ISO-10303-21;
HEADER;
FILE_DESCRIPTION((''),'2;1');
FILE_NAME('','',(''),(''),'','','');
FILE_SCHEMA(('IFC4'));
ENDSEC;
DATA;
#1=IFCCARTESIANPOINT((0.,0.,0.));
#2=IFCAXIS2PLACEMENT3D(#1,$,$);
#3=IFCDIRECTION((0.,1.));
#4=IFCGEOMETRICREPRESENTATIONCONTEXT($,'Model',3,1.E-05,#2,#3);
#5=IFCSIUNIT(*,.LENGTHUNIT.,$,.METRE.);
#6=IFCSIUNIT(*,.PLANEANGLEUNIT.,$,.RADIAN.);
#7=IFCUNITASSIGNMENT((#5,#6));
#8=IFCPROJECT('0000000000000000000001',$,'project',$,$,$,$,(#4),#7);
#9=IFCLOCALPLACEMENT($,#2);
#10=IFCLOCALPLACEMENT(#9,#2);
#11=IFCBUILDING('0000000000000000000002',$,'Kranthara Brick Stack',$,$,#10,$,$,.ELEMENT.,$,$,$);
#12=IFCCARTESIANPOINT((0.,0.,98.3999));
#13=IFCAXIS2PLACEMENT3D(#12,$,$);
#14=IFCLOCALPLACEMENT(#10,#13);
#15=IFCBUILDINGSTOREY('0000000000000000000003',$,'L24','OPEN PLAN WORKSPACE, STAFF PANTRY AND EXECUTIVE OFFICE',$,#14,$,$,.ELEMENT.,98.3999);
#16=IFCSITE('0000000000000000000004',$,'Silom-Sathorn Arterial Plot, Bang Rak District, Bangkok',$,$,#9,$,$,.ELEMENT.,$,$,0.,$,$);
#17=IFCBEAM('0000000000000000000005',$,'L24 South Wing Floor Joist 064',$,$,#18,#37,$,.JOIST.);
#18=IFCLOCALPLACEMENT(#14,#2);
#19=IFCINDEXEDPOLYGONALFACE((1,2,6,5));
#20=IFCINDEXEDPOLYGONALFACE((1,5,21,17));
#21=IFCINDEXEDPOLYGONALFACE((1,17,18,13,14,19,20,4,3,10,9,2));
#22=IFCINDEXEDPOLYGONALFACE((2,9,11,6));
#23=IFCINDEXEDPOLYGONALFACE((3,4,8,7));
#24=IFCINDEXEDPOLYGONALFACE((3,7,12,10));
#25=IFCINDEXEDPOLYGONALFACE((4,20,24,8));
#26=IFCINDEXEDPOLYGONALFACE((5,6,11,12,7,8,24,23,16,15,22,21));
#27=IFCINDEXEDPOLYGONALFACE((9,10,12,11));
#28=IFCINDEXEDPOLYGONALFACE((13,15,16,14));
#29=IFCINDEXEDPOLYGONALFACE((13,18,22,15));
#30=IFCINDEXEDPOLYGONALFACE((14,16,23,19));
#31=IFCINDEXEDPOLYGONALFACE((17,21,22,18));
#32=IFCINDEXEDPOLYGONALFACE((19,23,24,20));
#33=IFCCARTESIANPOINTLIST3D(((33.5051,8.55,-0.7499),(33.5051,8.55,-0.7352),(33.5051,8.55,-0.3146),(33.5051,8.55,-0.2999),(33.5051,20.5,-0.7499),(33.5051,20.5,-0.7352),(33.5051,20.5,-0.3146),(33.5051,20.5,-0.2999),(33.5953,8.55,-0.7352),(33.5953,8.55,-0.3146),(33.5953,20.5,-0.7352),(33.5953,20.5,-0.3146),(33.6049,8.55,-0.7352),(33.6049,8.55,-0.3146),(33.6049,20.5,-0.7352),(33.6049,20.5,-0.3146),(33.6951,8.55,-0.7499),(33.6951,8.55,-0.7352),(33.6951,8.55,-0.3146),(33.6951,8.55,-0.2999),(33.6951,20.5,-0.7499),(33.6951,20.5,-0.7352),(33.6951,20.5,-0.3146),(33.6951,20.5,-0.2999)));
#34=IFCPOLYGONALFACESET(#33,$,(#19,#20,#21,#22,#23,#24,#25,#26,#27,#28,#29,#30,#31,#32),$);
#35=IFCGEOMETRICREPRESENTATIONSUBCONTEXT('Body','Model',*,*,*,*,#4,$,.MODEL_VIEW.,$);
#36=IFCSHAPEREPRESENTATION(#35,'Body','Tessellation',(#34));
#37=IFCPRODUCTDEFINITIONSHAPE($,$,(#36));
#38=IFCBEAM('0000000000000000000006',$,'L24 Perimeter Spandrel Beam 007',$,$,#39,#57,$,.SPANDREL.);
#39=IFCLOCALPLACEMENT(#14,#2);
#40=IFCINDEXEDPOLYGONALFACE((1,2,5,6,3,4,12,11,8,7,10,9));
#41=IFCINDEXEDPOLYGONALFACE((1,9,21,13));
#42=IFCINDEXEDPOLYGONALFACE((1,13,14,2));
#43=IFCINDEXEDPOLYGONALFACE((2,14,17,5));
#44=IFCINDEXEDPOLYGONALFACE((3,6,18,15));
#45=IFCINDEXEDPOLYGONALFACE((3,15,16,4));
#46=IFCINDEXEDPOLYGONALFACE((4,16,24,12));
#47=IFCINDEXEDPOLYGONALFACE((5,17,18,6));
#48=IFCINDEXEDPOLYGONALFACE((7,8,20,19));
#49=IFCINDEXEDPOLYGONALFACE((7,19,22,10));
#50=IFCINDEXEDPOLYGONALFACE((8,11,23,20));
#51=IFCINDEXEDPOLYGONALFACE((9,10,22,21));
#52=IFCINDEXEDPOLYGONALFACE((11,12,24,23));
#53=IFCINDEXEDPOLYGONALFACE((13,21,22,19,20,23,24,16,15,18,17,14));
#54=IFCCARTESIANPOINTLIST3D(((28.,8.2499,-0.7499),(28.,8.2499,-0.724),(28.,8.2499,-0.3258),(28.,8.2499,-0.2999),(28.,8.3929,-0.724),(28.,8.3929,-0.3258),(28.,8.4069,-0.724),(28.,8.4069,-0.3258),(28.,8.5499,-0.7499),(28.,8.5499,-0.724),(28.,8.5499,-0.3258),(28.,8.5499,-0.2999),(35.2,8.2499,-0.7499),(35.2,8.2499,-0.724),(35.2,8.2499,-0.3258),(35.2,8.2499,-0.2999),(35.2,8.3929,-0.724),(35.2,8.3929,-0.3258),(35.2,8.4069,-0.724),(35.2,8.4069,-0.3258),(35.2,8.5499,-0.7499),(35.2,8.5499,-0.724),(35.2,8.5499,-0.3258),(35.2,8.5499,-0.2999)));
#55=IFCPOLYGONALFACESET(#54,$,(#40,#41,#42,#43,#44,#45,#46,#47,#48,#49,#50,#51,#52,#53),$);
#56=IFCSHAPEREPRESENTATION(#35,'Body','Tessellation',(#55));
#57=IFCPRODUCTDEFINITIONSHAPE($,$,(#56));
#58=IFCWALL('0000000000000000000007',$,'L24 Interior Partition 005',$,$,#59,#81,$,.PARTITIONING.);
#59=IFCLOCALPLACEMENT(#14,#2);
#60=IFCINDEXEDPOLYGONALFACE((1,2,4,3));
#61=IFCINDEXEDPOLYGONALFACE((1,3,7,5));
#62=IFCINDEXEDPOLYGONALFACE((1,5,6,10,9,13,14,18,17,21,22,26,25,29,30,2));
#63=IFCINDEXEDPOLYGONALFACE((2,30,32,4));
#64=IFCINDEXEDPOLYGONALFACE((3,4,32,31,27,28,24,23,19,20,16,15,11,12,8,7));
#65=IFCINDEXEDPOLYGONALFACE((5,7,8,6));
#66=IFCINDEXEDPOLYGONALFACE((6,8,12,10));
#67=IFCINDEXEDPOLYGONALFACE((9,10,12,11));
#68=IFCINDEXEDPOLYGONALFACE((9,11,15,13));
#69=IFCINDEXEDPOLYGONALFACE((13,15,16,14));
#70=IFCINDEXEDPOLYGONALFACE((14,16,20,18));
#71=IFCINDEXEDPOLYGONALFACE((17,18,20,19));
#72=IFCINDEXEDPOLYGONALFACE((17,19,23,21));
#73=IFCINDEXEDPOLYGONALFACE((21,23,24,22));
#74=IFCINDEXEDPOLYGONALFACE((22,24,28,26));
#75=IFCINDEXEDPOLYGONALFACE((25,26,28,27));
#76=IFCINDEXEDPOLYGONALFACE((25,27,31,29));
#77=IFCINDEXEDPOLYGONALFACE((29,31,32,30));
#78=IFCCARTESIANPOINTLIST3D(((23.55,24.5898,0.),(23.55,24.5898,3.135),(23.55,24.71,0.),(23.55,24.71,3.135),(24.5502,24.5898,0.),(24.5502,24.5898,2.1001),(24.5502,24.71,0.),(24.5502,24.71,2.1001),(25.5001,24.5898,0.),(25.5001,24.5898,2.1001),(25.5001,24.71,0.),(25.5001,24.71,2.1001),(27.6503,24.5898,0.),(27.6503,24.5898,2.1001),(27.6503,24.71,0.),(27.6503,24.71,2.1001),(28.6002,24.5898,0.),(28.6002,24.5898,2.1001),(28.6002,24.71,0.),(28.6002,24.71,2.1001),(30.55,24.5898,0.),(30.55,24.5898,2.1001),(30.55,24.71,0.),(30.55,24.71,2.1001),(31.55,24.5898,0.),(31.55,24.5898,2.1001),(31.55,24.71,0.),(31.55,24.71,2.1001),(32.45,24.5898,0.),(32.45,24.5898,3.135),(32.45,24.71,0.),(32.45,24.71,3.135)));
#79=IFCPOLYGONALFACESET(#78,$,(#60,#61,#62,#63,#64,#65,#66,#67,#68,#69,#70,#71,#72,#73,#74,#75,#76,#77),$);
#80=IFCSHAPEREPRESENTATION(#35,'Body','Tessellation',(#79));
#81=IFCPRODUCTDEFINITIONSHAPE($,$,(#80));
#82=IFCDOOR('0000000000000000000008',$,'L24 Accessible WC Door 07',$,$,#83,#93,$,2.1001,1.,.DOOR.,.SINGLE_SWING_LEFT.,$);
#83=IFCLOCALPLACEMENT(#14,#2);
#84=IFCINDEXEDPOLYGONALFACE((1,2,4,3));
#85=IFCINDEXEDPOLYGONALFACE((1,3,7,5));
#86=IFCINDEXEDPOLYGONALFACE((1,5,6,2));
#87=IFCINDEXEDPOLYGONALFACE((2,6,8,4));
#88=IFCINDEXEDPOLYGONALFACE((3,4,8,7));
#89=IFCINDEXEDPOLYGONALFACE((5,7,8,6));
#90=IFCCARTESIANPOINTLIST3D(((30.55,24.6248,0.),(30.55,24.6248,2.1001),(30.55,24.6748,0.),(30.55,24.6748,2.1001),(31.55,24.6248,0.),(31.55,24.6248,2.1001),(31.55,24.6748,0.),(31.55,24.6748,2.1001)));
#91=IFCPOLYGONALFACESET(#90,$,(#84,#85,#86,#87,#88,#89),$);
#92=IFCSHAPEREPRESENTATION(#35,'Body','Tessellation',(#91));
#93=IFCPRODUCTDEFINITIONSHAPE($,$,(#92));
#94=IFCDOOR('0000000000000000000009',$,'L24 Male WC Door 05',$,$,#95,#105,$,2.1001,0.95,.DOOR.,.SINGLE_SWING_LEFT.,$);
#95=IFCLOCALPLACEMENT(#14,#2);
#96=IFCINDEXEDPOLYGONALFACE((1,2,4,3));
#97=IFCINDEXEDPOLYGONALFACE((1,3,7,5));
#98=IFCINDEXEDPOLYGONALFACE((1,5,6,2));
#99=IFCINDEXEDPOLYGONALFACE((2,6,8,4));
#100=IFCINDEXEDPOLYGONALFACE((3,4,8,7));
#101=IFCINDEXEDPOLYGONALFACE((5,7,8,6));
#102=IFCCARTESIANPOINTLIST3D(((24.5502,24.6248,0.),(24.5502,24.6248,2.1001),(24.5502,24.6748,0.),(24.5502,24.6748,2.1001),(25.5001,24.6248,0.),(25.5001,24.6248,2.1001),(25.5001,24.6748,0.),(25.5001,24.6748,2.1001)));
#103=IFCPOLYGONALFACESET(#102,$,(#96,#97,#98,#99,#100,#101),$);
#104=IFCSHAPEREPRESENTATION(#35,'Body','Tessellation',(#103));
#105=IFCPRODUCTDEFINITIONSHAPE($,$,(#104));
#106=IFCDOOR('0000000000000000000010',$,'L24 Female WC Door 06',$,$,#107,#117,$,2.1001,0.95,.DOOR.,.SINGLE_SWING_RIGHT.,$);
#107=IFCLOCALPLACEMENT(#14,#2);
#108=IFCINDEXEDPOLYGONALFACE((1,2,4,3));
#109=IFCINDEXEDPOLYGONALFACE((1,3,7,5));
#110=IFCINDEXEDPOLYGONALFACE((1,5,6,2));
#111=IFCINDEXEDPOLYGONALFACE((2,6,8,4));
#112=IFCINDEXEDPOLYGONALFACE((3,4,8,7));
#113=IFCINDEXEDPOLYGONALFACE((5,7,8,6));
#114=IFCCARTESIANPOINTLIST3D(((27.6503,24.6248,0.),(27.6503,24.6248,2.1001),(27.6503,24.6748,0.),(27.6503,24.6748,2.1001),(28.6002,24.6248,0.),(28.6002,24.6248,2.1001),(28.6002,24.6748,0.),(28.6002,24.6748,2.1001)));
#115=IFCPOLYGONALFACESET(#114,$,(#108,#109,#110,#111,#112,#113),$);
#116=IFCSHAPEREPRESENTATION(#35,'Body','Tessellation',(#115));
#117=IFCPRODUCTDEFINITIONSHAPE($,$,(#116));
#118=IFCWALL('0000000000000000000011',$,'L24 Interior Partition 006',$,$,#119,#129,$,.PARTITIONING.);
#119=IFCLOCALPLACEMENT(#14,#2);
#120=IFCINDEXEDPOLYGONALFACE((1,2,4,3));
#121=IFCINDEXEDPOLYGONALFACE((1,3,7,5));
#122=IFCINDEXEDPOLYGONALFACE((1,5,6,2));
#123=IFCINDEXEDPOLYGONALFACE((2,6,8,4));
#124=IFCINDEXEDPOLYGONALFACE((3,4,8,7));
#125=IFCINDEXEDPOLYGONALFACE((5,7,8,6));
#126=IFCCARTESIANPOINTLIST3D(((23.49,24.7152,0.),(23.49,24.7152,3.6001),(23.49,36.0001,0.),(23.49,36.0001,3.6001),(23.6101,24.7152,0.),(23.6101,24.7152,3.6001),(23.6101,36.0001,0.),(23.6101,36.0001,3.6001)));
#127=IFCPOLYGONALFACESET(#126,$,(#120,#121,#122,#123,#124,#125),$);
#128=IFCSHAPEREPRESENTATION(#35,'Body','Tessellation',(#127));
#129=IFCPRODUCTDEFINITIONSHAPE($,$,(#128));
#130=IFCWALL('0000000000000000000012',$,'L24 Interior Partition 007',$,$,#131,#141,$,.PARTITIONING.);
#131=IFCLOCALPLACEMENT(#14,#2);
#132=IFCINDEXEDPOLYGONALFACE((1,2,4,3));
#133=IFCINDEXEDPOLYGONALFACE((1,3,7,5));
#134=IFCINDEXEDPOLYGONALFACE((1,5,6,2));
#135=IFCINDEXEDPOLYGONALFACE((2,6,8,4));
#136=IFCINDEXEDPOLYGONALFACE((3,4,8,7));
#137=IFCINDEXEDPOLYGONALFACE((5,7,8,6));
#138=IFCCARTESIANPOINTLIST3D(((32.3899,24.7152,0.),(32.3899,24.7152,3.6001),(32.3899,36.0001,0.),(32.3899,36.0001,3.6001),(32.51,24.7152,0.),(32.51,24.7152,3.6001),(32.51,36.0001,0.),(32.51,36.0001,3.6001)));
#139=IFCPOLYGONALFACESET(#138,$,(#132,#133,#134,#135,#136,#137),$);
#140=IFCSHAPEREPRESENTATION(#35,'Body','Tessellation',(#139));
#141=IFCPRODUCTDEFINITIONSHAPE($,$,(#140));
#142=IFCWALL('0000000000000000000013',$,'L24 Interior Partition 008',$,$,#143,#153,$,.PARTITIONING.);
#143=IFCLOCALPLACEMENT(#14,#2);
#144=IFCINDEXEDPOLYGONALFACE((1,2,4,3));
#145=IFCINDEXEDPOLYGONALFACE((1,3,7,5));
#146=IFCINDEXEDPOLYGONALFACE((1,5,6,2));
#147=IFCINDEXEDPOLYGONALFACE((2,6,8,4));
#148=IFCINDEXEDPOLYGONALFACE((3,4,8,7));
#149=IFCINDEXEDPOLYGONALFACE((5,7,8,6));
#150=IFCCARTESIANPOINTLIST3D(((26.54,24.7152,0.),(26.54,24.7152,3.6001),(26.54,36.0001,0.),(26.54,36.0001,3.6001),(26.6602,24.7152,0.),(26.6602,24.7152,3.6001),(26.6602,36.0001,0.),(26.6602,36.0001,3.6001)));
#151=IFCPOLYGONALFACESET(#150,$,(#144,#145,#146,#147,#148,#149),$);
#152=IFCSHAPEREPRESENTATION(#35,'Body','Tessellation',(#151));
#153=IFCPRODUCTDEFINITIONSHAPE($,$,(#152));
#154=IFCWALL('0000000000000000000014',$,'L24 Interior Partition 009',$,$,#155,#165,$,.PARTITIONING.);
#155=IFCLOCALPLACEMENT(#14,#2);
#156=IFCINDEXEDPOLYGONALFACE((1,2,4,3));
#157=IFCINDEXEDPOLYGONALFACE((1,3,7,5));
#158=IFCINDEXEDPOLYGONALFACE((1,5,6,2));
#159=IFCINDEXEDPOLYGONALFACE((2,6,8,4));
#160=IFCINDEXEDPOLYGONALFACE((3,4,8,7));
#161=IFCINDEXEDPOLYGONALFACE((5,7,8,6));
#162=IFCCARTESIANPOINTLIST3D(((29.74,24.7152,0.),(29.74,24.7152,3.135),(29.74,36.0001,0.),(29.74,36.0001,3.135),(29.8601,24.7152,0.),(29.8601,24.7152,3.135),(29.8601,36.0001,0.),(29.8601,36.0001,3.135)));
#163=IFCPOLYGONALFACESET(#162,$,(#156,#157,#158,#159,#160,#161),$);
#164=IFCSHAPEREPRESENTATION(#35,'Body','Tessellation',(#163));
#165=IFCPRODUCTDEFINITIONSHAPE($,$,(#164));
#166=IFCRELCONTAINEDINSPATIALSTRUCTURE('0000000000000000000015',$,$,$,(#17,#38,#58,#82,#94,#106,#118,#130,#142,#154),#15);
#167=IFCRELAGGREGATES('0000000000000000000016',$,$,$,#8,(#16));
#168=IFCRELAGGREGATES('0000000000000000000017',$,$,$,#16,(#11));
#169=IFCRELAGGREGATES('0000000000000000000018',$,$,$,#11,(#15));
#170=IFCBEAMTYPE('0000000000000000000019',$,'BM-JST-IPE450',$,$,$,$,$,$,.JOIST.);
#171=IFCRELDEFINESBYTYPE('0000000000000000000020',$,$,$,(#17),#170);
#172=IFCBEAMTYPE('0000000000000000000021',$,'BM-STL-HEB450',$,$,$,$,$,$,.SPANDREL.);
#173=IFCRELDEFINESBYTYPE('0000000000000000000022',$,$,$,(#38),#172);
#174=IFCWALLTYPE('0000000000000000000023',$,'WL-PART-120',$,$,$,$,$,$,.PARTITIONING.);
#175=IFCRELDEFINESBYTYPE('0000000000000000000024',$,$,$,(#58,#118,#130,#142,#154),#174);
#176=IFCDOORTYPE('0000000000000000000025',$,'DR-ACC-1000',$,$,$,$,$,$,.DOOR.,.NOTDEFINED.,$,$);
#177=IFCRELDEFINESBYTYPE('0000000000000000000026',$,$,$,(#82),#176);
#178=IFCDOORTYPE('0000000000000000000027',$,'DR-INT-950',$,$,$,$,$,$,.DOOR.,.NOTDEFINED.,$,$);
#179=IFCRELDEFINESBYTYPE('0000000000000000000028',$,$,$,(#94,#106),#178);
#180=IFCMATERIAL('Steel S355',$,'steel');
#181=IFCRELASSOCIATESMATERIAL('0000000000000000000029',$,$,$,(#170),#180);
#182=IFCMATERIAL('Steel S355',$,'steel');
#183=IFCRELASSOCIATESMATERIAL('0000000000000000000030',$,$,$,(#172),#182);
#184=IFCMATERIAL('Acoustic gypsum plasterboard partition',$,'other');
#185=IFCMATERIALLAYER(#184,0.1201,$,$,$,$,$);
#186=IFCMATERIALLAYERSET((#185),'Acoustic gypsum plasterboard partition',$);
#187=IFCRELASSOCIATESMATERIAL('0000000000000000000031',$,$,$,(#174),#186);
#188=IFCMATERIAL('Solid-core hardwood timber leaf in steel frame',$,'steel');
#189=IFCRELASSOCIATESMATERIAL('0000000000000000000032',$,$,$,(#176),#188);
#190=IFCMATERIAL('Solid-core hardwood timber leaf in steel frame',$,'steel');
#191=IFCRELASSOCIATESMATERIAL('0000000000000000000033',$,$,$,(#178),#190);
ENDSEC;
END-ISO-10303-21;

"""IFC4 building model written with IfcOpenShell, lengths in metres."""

from ifc_helpers import new_model, si_unit, direction, frame, frame_2d, origin, origin_2d, place, context, subcontext, project, spatial, rectangle, i_section, extrude, material, layer, layer_set, material_profile, profile_set, type_object, element, fill, save


model = new_model("IFC4")

# Units and contexts
model_context = context("Model", 3, precision=1e-05, world=origin(), true_north=direction((0.0, 1.0)))
body_context = subcontext(model_context, "Body", "Model", "MODEL_VIEW")
ifc_project = project(units=[si_unit("LENGTHUNIT", "METRE"), si_unit("PLANEANGLEUNIT", "RADIAN")], contexts=[model_context])

# Site, building, storey
site_placement = place(None, origin())
site = spatial("IfcSite", under=ifc_project, at=site_placement, Name="Silom-Sathorn Arterial Plot, Bang Rak District, Bangkok", CompositionType="ELEMENT", RefElevation=0.0)
building_placement = place(site_placement, origin())
building = spatial("IfcBuilding", under=site, at=building_placement, Name="Kranthara Brick Stack", CompositionType="ELEMENT")
storey_placement = place(building_placement, frame((0.0, 0.0, 98.3999)))
storey = spatial("IfcBuildingStorey", under=building, at=storey_placement, Name="L24", Description="OPEN PLAN WORKSPACE, STAFF PANTRY AND EXECUTIVE OFFICE", CompositionType="ELEMENT", Elevation=98.3999)

# Beams
ifc_material_1 = material(Name="Steel S355", Category="steel")
ifc_material_profile_1 = material_profile(ifc_material_1, i_section(OverallWidth=0.1899, OverallDepth=0.45, WebThickness=0.0095, FlangeThickness=0.0146, at=origin_2d()), Name="IPE 450")
ifc_profile_set_1 = profile_set([ifc_material_profile_1], Name="Steel S355")
beam_type_1 = type_object("IfcBeamType", Name="BM-JST-IPE450", PredefinedType="JOIST", material=ifc_profile_set_1)
for number, where, z_axis, x_axis, name in (
    (1, (33.6001, 8.55, -0.5249), (0.0, 1.0, 0.0), (-1.0, 0.0, 0.0), "L24 South Wing Floor Joist 064"),
):
    element("IfcBeam", number, at=place(storey_placement, frame(where, z_axis=z_axis, x_axis=x_axis)), inside=storey, type_object=beam_type_1, Name=name, PredefinedType="JOIST", context=body_context, shape_type="SweptSolid", body=[
        extrude(i_section(OverallWidth=0.1899, OverallDepth=0.45, WebThickness=0.0095, FlangeThickness=0.0146, at=origin_2d()), origin(), (0.0, 0.0, 1.0), 11.95),
    ])
ifc_material_2 = material(Name="Steel S355", Category="steel")
ifc_material_profile_2 = material_profile(ifc_material_2, i_section(OverallWidth=0.3, OverallDepth=0.45, WebThickness=0.0139, FlangeThickness=0.0259, at=origin_2d()), Name="HEB 450")
ifc_profile_set_2 = profile_set([ifc_material_profile_2], Name="Steel S355")
beam_type_2 = type_object("IfcBeamType", Name="BM-STL-HEB450", PredefinedType="SPANDREL", material=ifc_profile_set_2)
beam_1_placement = place(storey_placement, frame((28.0, 8.3999, -0.5249), z_axis=(1.0, 0.0, 0.0), x_axis=(0.0, 1.0, 0.0)))
element("IfcBeam", 2, at=beam_1_placement, inside=storey, type_object=beam_type_2, Name="L24 Perimeter Spandrel Beam 007", PredefinedType="SPANDREL", context=body_context, shape_type="SweptSolid", body=[
    extrude(i_section(OverallWidth=0.3, OverallDepth=0.45, WebThickness=0.0139, FlangeThickness=0.0259, at=origin_2d()), origin(), (0.0, 0.0, 1.0), 7.2),
])

# Wall, openings, doors
ifc_material_3 = material(Name="Acoustic gypsum plasterboard partition", Category="other")
ifc_layer = layer(ifc_material_3, 0.1201)
ifc_layer_set = layer_set([ifc_layer], Name="Acoustic gypsum plasterboard partition")
wall_type = type_object("IfcWallType", Name="WL-PART-120", PredefinedType="PARTITIONING", material=ifc_layer_set)
wall_1_placement = place(storey_placement, frame((23.55, 24.6499, 0.0), z_axis=(0.0, 0.0, 1.0), x_axis=(1.0, 0.0, 0.0)))
wall_1 = element("IfcWall", 3, at=wall_1_placement, inside=storey, type_object=wall_type, Name="L24 Interior Partition 005", PredefinedType="PARTITIONING", context=body_context, shape_type="SweptSolid", body=[
    extrude(rectangle(XDim=8.8999, YDim=0.1201, at=frame_2d((4.45, 0.0))), origin(), (0.0, 0.0, 1.0), 3.135),
])
opening_1_placement = place(wall_1_placement, frame((1.0, 0.0, 0.0)))
opening_1 = element("IfcOpeningElement", 4, at=opening_1_placement, cuts=wall_1, PredefinedType="OPENING", context=body_context, shape_type="SweptSolid", body=[
    extrude(rectangle(XDim=0.95, YDim=2.1001, at=frame_2d((0.4751, 1.05))), frame((0.0, 0.0701, 0.0), z_axis=(0.0, -1.0, 0.0), x_axis=(1.0, 0.0, 0.0)), (0.0, 0.0, 1.0), 0.1401),
])
opening_2_placement = place(wall_1_placement, frame((4.1001, 0.0, 0.0)))
opening_2 = element("IfcOpeningElement", 5, at=opening_2_placement, cuts=wall_1, PredefinedType="OPENING", context=body_context, shape_type="SweptSolid", body=[
    extrude(rectangle(XDim=0.95, YDim=2.1001, at=frame_2d((0.4751, 1.05))), frame((0.0, 0.0701, 0.0), z_axis=(0.0, -1.0, 0.0), x_axis=(1.0, 0.0, 0.0)), (0.0, 0.0, 1.0), 0.1401),
])
opening_3_placement = place(wall_1_placement, frame((7.0, 0.0, 0.0)))
opening_3 = element("IfcOpeningElement", 6, at=opening_3_placement, cuts=wall_1, PredefinedType="OPENING", context=body_context, shape_type="SweptSolid", body=[
    extrude(rectangle(XDim=1.0, YDim=2.1001, at=frame_2d((0.5, 1.05))), frame((0.0, 0.0701, 0.0), z_axis=(0.0, -1.0, 0.0), x_axis=(1.0, 0.0, 0.0)), (0.0, 0.0, 1.0), 0.1401),
])
ifc_material_4 = material(Name="Solid-core hardwood timber leaf in steel frame", Category="steel")
door_type_1 = type_object("IfcDoorType", Name="DR-ACC-1000", OperationType="NOTDEFINED", PredefinedType="DOOR", material=ifc_material_4)
door_1_placement = place(opening_3_placement, origin())
door_1 = element("IfcDoor", 7, at=door_1_placement, inside=storey, type_object=door_type_1, Name="L24 Accessible WC Door 07", OperationType="SINGLE_SWING_LEFT", OverallHeight=2.1001, OverallWidth=1.0, PredefinedType="DOOR", context=body_context, shape_type="SweptSolid", body=[
    extrude(rectangle(XDim=1.0, YDim=2.1001, at=frame_2d((0.5, 1.05))), frame((0.0, 0.0249, 0.0), z_axis=(0.0, -1.0, 0.0), x_axis=(1.0, 0.0, 0.0)), (0.0, 0.0, 1.0), 0.05),
])
fill(opening_3, door_1)
ifc_material_5 = material(Name="Solid-core hardwood timber leaf in steel frame", Category="steel")
door_type_2 = type_object("IfcDoorType", Name="DR-INT-950", OperationType="NOTDEFINED", PredefinedType="DOOR", material=ifc_material_5)
door_2_placement = place(opening_1_placement, origin())
door_2 = element("IfcDoor", 8, at=door_2_placement, inside=storey, type_object=door_type_2, Name="L24 Male WC Door 05", OperationType="SINGLE_SWING_LEFT", OverallHeight=2.1001, OverallWidth=0.95, PredefinedType="DOOR", context=body_context, shape_type="SweptSolid", body=[
    extrude(rectangle(XDim=0.95, YDim=2.1001, at=frame_2d((0.4751, 1.05))), frame((0.0, 0.0249, 0.0), z_axis=(0.0, -1.0, 0.0), x_axis=(1.0, 0.0, 0.0)), (0.0, 0.0, 1.0), 0.05),
])
fill(opening_1, door_2)
door_3_placement = place(opening_2_placement, origin())
door_3 = element("IfcDoor", 9, at=door_3_placement, inside=storey, type_object=door_type_2, Name="L24 Female WC Door 06", OperationType="SINGLE_SWING_RIGHT", OverallHeight=2.1001, OverallWidth=0.95, PredefinedType="DOOR", context=body_context, shape_type="SweptSolid", body=[
    extrude(rectangle(XDim=0.95, YDim=2.1001, at=frame_2d((0.4751, 1.05))), frame((0.0, 0.0249, 0.0), z_axis=(0.0, -1.0, 0.0), x_axis=(1.0, 0.0, 0.0)), (0.0, 0.0, 1.0), 0.05),
])
fill(opening_2, door_3)

# Walls
for number, where, z_axis, x_axis, name in (
    (10, (23.55, 24.7151, 0.0), (0.0, 0.0, 1.0), (0.0, 1.0, 0.0), "L24 Interior Partition 006"),
    (11, (32.45, 24.7151, 0.0), (0.0, 0.0, 1.0), (0.0, 1.0, 0.0), "L24 Interior Partition 007"),
    (12, (26.6001, 24.7151, 0.0), (0.0, 0.0, 1.0), (0.0, 1.0, 0.0), "L24 Interior Partition 008"),
):
    element("IfcWall", number, at=place(storey_placement, frame(where, z_axis=z_axis, x_axis=x_axis)), inside=storey, type_object=wall_type, Name=name, PredefinedType="PARTITIONING", context=body_context, shape_type="SweptSolid", body=[
        extrude(rectangle(XDim=11.2849, YDim=0.1201, at=frame_2d((5.6426, 0.0))), origin(), (0.0, 0.0, 1.0), 3.6001),
    ])
wall_2_placement = place(storey_placement, frame((29.8, 24.7151, 0.0), z_axis=(0.0, 0.0, 1.0), x_axis=(0.0, 1.0, 0.0)))
element("IfcWall", 13, at=wall_2_placement, inside=storey, type_object=wall_type, Name="L24 Interior Partition 009", PredefinedType="PARTITIONING", context=body_context, shape_type="SweptSolid", body=[
    extrude(rectangle(XDim=11.2849, YDim=0.1201, at=frame_2d((5.6426, 0.0))), origin(), (0.0, 0.0, 1.0), 3.135),
])

save(model, "model.ifc")
